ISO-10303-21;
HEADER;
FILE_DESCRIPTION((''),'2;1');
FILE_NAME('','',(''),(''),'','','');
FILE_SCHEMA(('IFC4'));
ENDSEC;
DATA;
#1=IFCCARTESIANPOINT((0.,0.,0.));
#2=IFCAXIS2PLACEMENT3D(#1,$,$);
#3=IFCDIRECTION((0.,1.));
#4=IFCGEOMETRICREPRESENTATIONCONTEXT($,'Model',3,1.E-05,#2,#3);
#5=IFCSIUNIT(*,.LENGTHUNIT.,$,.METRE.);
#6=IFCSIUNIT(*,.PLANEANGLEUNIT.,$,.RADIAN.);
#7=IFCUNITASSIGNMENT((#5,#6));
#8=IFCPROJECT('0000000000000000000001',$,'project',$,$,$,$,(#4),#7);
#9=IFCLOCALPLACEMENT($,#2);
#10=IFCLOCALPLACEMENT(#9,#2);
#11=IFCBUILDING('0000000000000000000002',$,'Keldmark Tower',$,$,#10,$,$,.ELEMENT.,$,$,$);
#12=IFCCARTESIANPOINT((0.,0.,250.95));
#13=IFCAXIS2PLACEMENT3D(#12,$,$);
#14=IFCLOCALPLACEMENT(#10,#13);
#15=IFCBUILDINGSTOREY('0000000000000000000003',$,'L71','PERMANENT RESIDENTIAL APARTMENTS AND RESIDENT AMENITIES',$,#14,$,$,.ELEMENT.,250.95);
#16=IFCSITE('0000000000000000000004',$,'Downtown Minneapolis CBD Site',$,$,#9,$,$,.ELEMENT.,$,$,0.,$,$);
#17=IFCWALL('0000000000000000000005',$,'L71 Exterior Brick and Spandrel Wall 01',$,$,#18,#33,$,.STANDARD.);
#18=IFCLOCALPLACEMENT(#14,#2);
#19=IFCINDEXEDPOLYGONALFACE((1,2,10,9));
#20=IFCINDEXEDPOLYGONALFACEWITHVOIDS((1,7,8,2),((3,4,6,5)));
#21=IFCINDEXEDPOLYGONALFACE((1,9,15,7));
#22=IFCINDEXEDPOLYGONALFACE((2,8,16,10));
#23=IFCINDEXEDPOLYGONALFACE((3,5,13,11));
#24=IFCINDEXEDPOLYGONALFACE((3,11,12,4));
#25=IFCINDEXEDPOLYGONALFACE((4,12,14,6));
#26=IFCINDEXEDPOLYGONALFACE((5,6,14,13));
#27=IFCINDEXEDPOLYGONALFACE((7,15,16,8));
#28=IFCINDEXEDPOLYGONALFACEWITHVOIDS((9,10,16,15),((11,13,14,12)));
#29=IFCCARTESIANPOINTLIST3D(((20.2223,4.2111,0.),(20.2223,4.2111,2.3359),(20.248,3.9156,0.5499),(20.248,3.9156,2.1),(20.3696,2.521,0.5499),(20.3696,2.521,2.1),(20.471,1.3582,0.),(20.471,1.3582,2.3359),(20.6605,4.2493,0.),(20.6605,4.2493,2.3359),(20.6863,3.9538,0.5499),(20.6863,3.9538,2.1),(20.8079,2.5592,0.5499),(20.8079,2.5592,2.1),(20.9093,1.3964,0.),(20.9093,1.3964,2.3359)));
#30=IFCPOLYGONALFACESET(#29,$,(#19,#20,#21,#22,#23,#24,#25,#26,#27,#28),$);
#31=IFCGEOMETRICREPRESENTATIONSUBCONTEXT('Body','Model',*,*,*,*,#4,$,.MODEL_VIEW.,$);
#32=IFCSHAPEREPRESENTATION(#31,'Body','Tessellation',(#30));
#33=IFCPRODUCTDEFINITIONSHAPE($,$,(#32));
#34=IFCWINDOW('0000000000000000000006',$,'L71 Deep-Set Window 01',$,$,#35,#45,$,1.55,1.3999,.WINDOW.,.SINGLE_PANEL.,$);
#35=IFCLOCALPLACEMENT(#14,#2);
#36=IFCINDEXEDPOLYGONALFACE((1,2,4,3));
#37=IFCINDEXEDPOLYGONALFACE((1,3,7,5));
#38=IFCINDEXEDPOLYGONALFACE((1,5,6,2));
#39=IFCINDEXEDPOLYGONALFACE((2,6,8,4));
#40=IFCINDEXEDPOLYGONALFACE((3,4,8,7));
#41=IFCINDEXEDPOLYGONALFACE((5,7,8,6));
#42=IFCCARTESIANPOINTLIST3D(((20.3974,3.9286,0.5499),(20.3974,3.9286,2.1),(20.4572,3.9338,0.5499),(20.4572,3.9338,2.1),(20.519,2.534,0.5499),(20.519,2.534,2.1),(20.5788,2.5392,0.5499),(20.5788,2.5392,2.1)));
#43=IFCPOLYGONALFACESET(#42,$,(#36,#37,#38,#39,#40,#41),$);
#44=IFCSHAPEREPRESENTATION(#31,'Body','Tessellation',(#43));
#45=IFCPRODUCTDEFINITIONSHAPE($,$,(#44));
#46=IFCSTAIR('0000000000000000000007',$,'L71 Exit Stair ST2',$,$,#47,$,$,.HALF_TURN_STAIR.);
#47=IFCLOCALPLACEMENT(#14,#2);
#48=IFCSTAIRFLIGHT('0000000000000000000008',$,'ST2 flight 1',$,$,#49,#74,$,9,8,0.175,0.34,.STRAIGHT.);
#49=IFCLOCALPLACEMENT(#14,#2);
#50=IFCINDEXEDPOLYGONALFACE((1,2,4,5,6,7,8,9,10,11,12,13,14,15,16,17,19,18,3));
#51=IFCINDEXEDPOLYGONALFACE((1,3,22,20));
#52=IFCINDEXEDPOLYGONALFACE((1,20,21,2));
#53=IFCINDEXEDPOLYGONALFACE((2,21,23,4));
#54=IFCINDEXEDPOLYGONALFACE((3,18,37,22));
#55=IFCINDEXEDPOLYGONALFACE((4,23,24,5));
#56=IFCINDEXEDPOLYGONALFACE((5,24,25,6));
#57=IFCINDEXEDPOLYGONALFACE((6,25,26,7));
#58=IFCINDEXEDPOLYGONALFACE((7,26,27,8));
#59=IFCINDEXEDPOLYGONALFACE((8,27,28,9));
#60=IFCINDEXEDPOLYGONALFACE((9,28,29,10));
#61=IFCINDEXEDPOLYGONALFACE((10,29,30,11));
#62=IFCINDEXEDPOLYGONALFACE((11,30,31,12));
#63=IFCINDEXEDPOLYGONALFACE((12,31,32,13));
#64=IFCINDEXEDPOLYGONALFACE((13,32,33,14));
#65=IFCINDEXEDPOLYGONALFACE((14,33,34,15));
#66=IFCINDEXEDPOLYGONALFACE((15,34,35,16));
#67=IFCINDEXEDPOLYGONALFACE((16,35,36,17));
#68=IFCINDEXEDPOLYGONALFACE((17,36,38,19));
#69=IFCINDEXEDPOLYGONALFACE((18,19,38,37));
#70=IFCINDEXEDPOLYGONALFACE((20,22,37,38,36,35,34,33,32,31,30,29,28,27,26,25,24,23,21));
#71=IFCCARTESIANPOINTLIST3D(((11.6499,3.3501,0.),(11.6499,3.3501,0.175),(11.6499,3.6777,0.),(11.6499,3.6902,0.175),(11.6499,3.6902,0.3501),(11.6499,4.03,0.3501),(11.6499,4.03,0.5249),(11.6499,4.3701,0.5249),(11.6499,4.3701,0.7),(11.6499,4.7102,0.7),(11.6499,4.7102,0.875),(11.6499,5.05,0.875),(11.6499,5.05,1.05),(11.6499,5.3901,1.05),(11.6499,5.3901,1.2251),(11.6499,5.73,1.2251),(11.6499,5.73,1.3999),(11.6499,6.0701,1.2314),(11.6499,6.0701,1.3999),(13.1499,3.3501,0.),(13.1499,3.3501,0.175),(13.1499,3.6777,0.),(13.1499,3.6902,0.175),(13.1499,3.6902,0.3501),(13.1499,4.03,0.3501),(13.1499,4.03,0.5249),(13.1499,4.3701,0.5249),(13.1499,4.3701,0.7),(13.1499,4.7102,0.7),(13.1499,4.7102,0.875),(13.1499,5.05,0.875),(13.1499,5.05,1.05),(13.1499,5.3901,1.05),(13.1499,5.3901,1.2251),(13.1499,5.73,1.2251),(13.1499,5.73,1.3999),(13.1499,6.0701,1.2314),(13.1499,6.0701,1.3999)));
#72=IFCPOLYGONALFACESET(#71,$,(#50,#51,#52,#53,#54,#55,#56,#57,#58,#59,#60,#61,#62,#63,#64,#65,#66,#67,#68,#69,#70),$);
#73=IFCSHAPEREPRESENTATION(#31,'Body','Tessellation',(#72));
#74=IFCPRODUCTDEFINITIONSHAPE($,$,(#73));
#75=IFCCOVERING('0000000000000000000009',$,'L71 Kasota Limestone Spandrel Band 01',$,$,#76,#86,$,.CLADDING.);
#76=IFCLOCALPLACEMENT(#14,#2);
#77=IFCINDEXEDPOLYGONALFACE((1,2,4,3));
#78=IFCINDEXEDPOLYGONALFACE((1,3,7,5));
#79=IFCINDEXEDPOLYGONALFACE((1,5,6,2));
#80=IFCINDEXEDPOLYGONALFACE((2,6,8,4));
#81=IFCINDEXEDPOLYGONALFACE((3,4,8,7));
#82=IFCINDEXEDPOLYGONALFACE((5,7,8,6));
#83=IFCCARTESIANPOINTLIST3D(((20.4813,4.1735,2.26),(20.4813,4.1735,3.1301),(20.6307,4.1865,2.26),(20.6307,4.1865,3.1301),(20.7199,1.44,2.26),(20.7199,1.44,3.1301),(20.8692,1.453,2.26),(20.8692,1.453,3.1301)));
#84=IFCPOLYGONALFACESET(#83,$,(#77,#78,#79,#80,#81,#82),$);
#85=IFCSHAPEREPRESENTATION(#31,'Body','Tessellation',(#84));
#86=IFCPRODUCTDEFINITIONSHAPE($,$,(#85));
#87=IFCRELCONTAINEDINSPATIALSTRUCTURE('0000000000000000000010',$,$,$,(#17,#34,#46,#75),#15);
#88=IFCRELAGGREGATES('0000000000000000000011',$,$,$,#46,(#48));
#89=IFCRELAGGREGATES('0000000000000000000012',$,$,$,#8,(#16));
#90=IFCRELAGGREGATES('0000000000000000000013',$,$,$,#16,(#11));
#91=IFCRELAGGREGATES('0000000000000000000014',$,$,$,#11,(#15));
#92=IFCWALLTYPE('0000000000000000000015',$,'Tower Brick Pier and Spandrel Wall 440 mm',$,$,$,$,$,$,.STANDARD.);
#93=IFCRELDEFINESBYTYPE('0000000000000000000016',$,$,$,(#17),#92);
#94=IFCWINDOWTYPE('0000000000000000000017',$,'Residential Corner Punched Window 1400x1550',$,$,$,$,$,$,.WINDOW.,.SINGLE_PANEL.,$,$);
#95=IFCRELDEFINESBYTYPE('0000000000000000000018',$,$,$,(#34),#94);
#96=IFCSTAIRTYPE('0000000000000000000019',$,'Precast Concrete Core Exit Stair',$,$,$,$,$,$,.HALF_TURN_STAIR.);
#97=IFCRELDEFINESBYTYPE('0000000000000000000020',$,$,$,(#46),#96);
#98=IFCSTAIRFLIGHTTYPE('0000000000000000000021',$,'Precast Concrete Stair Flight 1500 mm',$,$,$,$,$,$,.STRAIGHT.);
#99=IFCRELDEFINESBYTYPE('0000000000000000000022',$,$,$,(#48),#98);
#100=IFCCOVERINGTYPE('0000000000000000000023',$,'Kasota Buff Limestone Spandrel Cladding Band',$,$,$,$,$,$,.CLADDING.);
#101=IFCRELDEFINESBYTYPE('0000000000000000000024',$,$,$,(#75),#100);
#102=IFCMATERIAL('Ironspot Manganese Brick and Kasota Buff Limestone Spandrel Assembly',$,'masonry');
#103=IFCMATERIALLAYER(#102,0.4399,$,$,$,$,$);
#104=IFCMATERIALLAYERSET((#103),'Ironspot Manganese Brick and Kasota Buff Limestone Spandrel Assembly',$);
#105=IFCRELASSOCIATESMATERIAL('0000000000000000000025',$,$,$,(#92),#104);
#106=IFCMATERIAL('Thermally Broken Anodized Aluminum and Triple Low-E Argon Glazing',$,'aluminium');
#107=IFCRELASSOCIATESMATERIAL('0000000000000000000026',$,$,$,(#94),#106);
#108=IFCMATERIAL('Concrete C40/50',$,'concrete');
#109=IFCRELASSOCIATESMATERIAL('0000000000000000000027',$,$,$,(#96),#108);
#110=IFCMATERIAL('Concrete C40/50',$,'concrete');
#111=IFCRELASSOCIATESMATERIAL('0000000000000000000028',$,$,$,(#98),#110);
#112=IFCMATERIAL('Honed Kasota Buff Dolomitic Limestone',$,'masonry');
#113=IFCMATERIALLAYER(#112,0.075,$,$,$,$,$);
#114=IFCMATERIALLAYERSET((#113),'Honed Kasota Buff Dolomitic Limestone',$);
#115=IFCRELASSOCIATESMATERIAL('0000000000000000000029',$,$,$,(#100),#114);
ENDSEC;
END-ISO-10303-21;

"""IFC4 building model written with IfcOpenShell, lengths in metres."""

from ifc_helpers import new_model, si_unit, direction, frame, frame_2d, origin, origin_2d, place, context, subcontext, project, spatial, polyline, rectangle, outline, extrude, material, layer, layer_set, type_object, element, fill, aggregate, save


model = new_model("IFC4")

# Units and contexts
model_context = context("Model", 3, precision=1e-05, world=origin(), true_north=direction((0.0, 1.0)))
body_context = subcontext(model_context, "Body", "Model", "MODEL_VIEW")
ifc_project = project(units=[si_unit("LENGTHUNIT", "METRE"), si_unit("PLANEANGLEUNIT", "RADIAN")], contexts=[model_context])

# Site, building, storey
site_placement = place(None, origin())
site = spatial("IfcSite", under=ifc_project, at=site_placement, Name="Downtown Minneapolis CBD Site", CompositionType="ELEMENT", RefElevation=0.0)
building_placement = place(site_placement, origin())
building = spatial("IfcBuilding", under=site, at=building_placement, Name="Keldmark Tower", CompositionType="ELEMENT")
storey_placement = place(building_placement, frame((0.0, 0.0, 250.95)))
storey = spatial("IfcBuildingStorey", under=building, at=storey_placement, Name="L71", Description="PERMANENT RESIDENTIAL APARTMENTS AND RESIDENT AMENITIES", CompositionType="ELEMENT", Elevation=250.95)

# Wall, opening, window
ifc_material_1 = material(Name="Ironspot Manganese Brick and Kasota Buff Limestone Spandrel Assembly", Category="masonry")
ifc_layer_1 = layer(ifc_material_1, 0.4399)
ifc_layer_set_1 = layer_set([ifc_layer_1], Name="Ironspot Manganese Brick and Kasota Buff Limestone Spandrel Assembly")
wall_type_1 = type_object("IfcWallType", Name="Tower Brick Pier and Spandrel Wall 440 mm", PredefinedType="STANDARD", material=ifc_layer_set_1)
wall_1_placement = place(storey_placement, frame((20.4414, 4.2302, 0.0), z_axis=(0.0, 0.0, 1.0), x_axis=(0.086869, -0.99622, 0.0)))
wall_1 = element("IfcWall", 1, at=wall_1_placement, inside=storey, type_object=wall_type_1, Name="L71 Exterior Brick and Spandrel Wall 01", PredefinedType="STANDARD", context=body_context, shape_type="SweptSolid", body=[
    extrude(rectangle(XDim=2.8638, YDim=0.4399, at=frame_2d((1.4319, 0.0))), origin(), (0.0, 0.0, 1.0), 2.3359),
])
opening_1_placement = place(wall_1_placement, frame((0.2966, 0.0, 0.55)))
opening_1 = element("IfcOpeningElement", 2, at=opening_1_placement, cuts=wall_1, PredefinedType="OPENING", context=body_context, shape_type="SweptSolid", body=[
    extrude(rectangle(XDim=1.3999, YDim=1.55, at=frame_2d((0.7, 0.7749))), frame((0.0, 0.23, 0.0), z_axis=(0.0, -1.0, 0.0), x_axis=(1.0, 0.0, 0.0)), (0.0, 0.0, 1.0), 0.46),
])
ifc_material_2 = material(Name="Thermally Broken Anodized Aluminum and Triple Low-E Argon Glazing", Category="aluminium")
window_type = type_object("IfcWindowType", Name="Residential Corner Punched Window 1400x1550", PartitioningType="SINGLE_PANEL", PredefinedType="WINDOW", material=ifc_material_2)
window_placement = place(opening_1_placement, origin())
window = element("IfcWindow", 3, at=window_placement, inside=storey, type_object=window_type, Name="L71 Deep-Set Window 01", OverallHeight=1.55, OverallWidth=1.3999, PartitioningType="SINGLE_PANEL", PredefinedType="WINDOW", context=body_context, shape_type="SweptSolid", body=[
    extrude(rectangle(XDim=1.3999, YDim=1.55, at=frame_2d((0.7, 0.7749))), frame((0.0, -0.01, 0.0), z_axis=(0.0, -1.0, 0.0), x_axis=(1.0, 0.0, 0.0)), (0.0, 0.0, 1.0), 0.0601),
])
fill(opening_1, window)

# Stair, stair flight
ifc_material_3 = material(Name="Concrete C40/50", Category="concrete")
stair_type = type_object("IfcStairType", Name="Precast Concrete Core Exit Stair", PredefinedType="HALF_TURN_STAIR", material=ifc_material_3)
stair_placement = place(storey_placement, origin())
stair = element("IfcStair", 4, at=stair_placement, inside=storey, type_object=stair_type, Name="L71 Exit Stair ST2", PredefinedType="HALF_TURN_STAIR")
ifc_material_4 = material(Name="Concrete C40/50", Category="concrete")
stair_flight_type = type_object("IfcStairFlightType", Name="Precast Concrete Stair Flight 1500 mm", PredefinedType="STRAIGHT", material=ifc_material_4)
stair_flight_placement = place(storey_placement, frame((12.3999, 3.3501, 0.0), z_axis=(0.0, 0.0, 1.0), x_axis=(0.0, 1.0, 0.0)))
stair_flight = element("IfcStairFlight", 5, at=stair_flight_placement, type_object=stair_flight_type, Name="ST2 flight 1", NumberOfRisers=9, NumberOfTreads=8, PredefinedType="STRAIGHT", RiserHeight=0.175, TreadLength=0.34, context=body_context, shape_type="SweptSolid", body=[
    extrude(outline(polyline([(0.0, 0.0), (0.0, 0.175), (0.3401, 0.175), (0.3401, 0.3501), (0.6799, 0.3501), (0.6799, 0.5249), (1.02, 0.5249), (1.02, 0.7), (1.3601, 0.7), (1.3601, 0.875), (1.7, 0.875), (1.7, 1.05), (2.04, 1.05), (2.04, 1.2251), (2.3799, 1.2251), (2.3799, 1.3999), (2.72, 1.3999), (2.72, 1.575), (2.72, 1.2314), (0.3276, 0.0), (0.0, 0.0)])), frame((0.0, 0.75, 0.0), z_axis=(0.0, -1.0, 0.0), x_axis=(1.0, 0.0, 0.0)), (0.0, 0.0, 1.0), 1.5),
])
aggregate(stair, [stair_flight])

# Covering
ifc_material_5 = material(Name="Honed Kasota Buff Dolomitic Limestone", Category="masonry")
ifc_layer_2 = layer(ifc_material_5, 0.075)
ifc_layer_set_2 = layer_set([ifc_layer_2], Name="Honed Kasota Buff Dolomitic Limestone")
covering_type = type_object("IfcCoveringType", Name="Kasota Buff Limestone Spandrel Cladding Band", PredefinedType="CLADDING", material=ifc_layer_set_2)
covering_placement = place(storey_placement, frame((20.6753, 2.8132, 2.26), z_axis=(0.0, 0.0, 1.0), x_axis=(-0.086947, 0.996213, 0.0)))
element("IfcCovering", 6, at=covering_placement, inside=storey, type_object=covering_type, Name="L71 Kasota Limestone Spandrel Band 01", PredefinedType="CLADDING", context=body_context, shape_type="SweptSolid", body=[
    extrude(rectangle(XDim=2.7439, YDim=0.1499, at=origin_2d()), origin(), (0.0, 0.0, 1.0), 0.8701),
])

save(model, "model.ifc")
